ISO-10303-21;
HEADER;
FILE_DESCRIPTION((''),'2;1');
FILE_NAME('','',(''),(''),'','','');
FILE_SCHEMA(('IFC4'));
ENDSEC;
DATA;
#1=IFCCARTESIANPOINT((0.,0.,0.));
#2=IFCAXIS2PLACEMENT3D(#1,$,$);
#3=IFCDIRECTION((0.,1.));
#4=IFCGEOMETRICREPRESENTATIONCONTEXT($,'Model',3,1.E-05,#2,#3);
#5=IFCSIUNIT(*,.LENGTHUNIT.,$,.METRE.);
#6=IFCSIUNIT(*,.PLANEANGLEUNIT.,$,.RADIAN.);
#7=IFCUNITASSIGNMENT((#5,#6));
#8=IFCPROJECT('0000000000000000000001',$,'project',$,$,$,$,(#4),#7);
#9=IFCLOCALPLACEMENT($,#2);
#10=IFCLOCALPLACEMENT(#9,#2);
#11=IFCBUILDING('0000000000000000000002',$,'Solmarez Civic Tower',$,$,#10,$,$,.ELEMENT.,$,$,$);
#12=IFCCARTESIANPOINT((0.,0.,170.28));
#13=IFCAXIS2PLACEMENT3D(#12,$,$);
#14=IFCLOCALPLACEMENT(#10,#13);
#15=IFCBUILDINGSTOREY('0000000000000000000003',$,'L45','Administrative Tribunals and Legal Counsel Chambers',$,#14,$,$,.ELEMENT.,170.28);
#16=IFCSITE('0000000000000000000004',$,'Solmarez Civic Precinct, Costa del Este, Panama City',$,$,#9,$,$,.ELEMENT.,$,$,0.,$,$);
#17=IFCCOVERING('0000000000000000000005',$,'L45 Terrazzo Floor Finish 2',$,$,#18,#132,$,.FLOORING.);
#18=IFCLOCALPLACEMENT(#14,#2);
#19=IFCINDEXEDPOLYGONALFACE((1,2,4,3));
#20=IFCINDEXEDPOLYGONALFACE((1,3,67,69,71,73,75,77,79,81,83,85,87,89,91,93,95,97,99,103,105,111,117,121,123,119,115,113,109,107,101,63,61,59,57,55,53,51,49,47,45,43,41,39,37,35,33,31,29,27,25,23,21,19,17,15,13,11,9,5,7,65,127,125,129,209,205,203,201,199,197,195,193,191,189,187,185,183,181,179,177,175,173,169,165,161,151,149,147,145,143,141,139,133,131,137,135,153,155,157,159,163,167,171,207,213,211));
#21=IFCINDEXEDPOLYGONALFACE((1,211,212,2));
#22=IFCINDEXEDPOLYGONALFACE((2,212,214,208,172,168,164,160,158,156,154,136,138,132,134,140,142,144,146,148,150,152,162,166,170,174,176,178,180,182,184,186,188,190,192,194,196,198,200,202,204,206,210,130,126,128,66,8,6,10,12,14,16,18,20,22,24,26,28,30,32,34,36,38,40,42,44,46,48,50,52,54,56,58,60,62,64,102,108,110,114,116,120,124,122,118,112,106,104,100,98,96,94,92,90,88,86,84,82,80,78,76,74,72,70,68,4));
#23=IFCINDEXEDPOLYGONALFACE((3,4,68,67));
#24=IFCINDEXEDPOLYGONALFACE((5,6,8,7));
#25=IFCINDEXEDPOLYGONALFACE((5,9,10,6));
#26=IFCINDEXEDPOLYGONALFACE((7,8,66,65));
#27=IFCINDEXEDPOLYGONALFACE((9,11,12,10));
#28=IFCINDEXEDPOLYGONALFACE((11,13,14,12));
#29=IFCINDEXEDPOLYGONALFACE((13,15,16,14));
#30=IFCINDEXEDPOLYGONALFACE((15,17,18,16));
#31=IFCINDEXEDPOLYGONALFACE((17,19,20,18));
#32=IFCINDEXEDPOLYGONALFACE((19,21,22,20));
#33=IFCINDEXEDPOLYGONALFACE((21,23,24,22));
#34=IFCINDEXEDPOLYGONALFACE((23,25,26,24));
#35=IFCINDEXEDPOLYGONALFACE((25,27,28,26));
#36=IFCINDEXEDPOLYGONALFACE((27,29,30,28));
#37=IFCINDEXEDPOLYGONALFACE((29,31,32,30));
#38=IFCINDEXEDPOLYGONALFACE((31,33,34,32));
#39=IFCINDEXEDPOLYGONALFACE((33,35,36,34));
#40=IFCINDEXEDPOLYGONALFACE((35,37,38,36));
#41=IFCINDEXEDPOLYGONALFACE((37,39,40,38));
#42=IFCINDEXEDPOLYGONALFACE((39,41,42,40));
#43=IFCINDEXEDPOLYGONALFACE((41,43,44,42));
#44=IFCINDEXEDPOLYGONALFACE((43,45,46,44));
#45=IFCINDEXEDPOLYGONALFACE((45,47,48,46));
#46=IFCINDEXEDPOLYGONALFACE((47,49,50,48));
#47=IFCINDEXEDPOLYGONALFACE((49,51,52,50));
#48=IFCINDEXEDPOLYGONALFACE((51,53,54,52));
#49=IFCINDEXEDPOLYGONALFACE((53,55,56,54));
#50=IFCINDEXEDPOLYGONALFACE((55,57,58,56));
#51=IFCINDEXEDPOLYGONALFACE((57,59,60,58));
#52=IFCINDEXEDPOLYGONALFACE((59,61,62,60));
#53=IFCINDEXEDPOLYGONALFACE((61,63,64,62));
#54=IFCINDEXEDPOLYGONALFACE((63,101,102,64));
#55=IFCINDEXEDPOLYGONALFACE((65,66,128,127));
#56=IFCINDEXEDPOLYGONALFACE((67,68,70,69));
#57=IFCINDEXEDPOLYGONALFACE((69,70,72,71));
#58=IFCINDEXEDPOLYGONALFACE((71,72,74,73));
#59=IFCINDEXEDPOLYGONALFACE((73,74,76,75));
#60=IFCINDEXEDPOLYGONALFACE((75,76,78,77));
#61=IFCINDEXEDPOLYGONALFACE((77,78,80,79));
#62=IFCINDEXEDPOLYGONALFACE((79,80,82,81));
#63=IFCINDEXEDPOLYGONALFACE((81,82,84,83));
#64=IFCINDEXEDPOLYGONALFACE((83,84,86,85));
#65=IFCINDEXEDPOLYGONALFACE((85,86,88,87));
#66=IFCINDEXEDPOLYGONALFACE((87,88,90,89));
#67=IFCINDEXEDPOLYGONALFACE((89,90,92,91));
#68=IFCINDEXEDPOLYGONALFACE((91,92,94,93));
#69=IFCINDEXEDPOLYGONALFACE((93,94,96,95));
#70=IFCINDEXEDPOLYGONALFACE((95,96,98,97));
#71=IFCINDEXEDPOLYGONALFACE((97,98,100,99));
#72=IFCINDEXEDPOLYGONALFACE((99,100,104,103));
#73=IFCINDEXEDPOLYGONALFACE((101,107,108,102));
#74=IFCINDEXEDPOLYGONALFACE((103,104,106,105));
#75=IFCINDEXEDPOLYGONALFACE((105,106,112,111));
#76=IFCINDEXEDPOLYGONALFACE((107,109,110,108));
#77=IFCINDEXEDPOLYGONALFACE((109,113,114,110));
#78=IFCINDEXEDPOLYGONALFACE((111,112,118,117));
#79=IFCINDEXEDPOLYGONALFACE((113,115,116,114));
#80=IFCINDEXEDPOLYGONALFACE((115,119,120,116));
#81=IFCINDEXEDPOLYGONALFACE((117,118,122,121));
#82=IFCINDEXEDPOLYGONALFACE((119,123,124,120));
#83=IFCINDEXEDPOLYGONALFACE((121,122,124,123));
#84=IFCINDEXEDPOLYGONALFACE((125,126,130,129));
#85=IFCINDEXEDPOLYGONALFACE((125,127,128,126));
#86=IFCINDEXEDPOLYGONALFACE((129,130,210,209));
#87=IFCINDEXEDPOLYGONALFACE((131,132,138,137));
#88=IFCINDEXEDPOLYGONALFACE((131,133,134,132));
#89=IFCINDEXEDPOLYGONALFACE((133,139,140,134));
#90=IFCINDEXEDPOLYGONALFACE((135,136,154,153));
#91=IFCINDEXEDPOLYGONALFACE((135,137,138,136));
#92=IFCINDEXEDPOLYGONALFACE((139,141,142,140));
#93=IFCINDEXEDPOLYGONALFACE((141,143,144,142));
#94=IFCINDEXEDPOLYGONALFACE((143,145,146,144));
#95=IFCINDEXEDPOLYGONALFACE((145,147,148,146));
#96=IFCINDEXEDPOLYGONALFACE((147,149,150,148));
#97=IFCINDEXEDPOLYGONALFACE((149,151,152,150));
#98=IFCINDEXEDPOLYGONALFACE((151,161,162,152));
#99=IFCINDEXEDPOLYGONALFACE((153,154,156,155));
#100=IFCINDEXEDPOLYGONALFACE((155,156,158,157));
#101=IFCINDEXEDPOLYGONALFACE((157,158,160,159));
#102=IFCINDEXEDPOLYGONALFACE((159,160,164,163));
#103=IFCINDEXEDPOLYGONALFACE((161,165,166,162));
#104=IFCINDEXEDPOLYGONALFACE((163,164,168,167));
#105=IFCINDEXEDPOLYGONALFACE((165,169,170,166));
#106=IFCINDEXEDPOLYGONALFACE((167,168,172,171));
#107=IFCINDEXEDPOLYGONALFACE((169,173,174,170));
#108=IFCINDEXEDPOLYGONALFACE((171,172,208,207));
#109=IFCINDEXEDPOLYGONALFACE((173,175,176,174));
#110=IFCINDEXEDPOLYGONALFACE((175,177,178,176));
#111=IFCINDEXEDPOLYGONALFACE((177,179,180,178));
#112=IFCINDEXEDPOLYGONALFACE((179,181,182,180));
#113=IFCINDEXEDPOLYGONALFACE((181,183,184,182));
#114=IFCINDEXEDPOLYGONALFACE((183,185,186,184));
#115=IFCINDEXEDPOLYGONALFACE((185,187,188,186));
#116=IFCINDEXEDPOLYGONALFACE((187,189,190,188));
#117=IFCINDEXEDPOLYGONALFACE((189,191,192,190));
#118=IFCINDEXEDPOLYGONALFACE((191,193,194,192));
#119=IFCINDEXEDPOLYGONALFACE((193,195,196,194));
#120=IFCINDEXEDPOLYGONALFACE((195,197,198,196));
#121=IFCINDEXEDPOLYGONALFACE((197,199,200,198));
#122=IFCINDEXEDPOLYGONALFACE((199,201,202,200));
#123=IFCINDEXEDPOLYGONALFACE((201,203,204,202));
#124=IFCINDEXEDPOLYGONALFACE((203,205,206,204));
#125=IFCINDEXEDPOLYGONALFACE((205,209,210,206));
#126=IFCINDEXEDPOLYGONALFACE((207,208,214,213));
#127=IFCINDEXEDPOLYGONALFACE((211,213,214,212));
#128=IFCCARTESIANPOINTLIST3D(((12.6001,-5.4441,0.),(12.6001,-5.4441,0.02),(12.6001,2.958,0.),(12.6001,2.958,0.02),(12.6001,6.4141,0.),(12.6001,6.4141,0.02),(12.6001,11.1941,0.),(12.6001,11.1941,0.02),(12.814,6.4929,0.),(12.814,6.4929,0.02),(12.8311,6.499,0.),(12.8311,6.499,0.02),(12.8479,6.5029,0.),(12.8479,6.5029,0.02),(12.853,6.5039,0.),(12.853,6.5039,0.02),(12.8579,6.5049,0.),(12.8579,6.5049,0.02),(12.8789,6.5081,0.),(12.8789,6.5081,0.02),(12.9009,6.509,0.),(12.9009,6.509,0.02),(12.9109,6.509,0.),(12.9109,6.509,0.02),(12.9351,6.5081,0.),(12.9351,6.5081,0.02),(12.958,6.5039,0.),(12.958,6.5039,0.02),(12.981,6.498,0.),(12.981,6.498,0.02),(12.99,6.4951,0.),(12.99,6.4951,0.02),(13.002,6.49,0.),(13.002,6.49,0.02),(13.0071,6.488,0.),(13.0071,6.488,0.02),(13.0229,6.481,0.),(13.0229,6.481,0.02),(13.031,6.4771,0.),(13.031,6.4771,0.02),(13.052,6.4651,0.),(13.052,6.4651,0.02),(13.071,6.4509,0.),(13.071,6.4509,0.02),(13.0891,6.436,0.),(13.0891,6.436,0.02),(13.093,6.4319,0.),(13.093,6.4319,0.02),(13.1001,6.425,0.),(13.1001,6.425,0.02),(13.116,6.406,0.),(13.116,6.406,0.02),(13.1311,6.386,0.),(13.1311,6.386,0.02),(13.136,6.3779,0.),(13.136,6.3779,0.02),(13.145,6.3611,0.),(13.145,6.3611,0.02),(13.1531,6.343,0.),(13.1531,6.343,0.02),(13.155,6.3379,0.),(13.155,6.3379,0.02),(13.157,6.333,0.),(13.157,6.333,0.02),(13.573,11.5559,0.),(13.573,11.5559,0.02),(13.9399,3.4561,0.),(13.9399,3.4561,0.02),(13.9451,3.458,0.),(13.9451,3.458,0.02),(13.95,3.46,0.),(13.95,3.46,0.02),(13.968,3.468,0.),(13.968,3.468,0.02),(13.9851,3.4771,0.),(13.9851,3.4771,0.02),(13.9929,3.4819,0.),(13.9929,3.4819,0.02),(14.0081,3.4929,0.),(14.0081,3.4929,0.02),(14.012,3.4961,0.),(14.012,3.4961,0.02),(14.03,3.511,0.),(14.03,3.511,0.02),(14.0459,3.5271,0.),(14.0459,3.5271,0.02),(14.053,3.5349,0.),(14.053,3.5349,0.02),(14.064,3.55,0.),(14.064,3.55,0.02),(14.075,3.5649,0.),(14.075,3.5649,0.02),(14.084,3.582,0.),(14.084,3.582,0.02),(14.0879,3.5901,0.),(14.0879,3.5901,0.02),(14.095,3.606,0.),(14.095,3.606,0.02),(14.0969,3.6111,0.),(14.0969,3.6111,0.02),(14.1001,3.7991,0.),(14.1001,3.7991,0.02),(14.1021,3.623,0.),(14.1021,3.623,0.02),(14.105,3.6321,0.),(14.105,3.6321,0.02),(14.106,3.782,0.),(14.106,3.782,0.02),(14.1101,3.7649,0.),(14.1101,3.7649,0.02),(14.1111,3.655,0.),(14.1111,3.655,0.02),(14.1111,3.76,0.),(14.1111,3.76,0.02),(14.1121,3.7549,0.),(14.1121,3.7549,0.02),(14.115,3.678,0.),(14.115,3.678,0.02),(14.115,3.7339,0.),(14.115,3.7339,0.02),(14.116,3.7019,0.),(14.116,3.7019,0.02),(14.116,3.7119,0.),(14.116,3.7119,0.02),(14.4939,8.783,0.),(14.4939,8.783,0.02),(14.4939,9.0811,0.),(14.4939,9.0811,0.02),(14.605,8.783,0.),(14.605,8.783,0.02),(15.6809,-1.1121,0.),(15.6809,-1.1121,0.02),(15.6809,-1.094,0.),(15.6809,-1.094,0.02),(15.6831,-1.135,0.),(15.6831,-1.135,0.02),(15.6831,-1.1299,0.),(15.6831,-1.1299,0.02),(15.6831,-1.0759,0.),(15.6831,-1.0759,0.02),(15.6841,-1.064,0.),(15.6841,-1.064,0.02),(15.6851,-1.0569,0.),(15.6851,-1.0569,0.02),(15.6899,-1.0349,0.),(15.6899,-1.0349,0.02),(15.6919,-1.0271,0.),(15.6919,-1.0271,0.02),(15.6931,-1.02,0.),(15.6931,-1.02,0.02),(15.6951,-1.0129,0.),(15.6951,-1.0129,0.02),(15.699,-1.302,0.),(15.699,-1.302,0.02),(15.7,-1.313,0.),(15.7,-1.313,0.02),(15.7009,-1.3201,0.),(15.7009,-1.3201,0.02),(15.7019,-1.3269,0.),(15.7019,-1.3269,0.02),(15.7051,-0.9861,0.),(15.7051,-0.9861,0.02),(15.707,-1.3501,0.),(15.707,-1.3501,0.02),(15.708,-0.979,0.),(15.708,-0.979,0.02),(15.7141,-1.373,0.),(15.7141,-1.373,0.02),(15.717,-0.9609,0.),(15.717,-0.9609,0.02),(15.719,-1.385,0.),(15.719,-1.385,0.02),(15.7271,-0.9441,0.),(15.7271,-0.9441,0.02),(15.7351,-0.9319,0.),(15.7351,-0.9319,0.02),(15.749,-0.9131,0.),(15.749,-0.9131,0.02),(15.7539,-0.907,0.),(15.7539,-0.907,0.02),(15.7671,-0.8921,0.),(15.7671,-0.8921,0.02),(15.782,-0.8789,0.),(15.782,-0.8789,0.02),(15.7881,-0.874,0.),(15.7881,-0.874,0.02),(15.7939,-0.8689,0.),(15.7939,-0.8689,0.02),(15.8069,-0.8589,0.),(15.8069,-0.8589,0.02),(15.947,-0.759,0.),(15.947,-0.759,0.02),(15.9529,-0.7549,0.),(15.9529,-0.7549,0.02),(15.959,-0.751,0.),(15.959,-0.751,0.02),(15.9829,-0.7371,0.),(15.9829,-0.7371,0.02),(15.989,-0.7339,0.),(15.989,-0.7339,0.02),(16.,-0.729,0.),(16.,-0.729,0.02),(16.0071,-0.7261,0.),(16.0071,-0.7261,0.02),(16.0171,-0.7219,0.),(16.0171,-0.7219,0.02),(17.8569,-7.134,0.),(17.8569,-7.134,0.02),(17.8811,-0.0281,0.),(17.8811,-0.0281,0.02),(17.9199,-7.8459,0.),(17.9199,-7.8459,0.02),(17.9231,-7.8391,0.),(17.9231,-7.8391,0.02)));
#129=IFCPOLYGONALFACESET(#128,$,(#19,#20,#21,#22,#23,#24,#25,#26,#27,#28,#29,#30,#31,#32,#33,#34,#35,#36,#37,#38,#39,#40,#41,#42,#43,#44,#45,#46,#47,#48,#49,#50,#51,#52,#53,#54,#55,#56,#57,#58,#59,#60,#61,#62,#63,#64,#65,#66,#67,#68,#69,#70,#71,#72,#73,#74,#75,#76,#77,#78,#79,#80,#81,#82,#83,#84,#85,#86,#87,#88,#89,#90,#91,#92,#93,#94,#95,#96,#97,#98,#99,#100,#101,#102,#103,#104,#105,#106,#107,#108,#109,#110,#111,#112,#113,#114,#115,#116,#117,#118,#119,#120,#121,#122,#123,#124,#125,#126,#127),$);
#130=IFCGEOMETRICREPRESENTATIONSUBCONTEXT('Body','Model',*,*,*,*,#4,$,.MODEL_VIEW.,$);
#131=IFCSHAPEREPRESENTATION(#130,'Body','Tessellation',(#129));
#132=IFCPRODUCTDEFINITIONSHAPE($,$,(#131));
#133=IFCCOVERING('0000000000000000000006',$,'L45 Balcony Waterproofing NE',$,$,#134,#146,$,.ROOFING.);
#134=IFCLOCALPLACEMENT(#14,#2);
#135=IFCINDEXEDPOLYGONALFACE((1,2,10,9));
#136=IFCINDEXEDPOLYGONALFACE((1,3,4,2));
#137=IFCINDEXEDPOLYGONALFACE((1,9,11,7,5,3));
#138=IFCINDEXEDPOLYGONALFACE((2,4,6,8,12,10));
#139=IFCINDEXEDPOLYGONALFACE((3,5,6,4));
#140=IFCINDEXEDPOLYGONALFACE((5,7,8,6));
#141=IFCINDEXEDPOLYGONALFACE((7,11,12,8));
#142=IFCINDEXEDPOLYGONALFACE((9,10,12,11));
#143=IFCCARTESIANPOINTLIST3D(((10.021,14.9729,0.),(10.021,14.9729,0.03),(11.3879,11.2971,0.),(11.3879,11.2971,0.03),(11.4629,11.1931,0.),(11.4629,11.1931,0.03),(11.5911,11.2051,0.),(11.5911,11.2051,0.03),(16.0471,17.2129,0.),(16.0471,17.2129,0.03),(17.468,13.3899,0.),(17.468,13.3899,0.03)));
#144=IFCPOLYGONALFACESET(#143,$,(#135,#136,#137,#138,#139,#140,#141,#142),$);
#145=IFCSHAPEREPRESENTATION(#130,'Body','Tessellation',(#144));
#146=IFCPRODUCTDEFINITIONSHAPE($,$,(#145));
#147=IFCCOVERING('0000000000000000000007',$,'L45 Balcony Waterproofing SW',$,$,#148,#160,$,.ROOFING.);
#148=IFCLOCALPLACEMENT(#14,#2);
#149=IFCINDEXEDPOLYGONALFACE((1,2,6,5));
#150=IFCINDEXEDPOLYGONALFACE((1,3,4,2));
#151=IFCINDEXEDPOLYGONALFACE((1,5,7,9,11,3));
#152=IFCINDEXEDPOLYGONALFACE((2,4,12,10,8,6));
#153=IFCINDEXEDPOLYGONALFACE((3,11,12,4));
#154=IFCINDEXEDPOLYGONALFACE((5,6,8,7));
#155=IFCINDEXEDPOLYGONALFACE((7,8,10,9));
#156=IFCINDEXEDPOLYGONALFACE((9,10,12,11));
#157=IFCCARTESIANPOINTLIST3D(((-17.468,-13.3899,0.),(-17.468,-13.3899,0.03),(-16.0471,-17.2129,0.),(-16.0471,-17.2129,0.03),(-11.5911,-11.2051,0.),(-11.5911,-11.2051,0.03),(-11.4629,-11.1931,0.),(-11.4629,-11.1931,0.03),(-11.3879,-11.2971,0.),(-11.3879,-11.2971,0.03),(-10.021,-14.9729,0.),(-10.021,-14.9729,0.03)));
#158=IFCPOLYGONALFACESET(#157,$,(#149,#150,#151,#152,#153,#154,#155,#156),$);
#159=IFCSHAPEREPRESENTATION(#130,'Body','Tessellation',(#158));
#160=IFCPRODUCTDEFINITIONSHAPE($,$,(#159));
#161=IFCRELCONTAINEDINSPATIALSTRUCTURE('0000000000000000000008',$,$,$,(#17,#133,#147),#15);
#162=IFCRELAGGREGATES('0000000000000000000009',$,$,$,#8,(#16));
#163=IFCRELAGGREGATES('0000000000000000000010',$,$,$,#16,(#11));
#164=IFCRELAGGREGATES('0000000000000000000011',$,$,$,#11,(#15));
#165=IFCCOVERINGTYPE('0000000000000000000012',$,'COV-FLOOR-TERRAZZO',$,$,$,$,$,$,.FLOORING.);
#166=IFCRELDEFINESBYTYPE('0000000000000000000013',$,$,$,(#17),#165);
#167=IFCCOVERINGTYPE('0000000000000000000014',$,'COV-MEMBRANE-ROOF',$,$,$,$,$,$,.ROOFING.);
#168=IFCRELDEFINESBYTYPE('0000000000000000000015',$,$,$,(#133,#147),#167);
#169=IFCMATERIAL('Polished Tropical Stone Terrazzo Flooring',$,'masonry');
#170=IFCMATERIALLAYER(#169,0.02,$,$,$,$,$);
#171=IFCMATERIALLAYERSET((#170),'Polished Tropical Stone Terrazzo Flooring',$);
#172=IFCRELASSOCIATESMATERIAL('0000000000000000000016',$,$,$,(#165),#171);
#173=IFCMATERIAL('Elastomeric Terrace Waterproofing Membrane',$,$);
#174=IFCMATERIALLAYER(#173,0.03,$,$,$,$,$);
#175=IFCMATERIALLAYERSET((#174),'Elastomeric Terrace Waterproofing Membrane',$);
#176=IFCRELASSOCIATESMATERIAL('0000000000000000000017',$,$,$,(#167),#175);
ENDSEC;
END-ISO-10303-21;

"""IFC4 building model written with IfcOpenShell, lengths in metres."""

from ifc_helpers import new_model, si_unit, direction, frame, origin, place, context, subcontext, project, spatial, polyline, outline, extrude, material, layer, layer_set, type_object, element, save


model = new_model("IFC4")

# Units and contexts
model_context = context("Model", 3, precision=1e-05, world=origin(), true_north=direction((0.0, 1.0)))
body_context = subcontext(model_context, "Body", "Model", "MODEL_VIEW")
ifc_project = project(units=[si_unit("LENGTHUNIT", "METRE"), si_unit("PLANEANGLEUNIT", "RADIAN")], contexts=[model_context])

# Site, building, storey
site_placement = place(None, origin())
site = spatial("IfcSite", under=ifc_project, at=site_placement, Name="Solmarez Civic Precinct, Costa del Este, Panama City", CompositionType="ELEMENT", RefElevation=0.0)
building_placement = place(site_placement, origin())
building = spatial("IfcBuilding", under=site, at=building_placement, Name="Solmarez Civic Tower", CompositionType="ELEMENT")
storey_placement = place(building_placement, frame((0.0, 0.0, 170.28)))
storey = spatial("IfcBuildingStorey", under=building, at=storey_placement, Name="L45", Description="Administrative Tribunals and Legal Counsel Chambers", CompositionType="ELEMENT", Elevation=170.28)

# Coverings
ifc_material_1 = material(Name="Polished Tropical Stone Terrazzo Flooring", Category="masonry")
ifc_layer_1 = layer(ifc_material_1, 0.02)
ifc_layer_set_1 = layer_set([ifc_layer_1], Name="Polished Tropical Stone Terrazzo Flooring")
covering_type_1 = type_object("IfcCoveringType", Name="COV-FLOOR-TERRAZZO", PredefinedType="FLOORING", material=ifc_layer_set_1)
covering_1_placement = place(storey_placement, origin())
element("IfcCovering", 1, at=covering_1_placement, inside=storey, type_object=covering_type_1, Name="L45 Terrazzo Floor Finish 2", PredefinedType="FLOORING", context=body_context, shape_type="SweptSolid", body=[
    extrude(outline(polyline([(12.6001, 11.1941), (12.6001, 6.4141), (12.814, 6.4929), (12.8311, 6.499), (12.8479, 6.5029), (12.853, 6.5039), (12.8579, 6.5049), (12.8789, 6.5081), (12.9009, 6.509), (12.9109, 6.509), (12.9351, 6.5081), (12.958, 6.5039), (12.981, 6.498), (12.99, 6.4951), (13.002, 6.49), (13.0071, 6.488), (13.0229, 6.481), (13.031, 6.4771), (13.052, 6.4651), (13.071, 6.4509), (13.0891, 6.436), (13.093, 6.4319), (13.1001, 6.425), (13.116, 6.406), (13.1311, 6.386), (13.136, 6.3779), (13.145, 6.3611), (13.1531, 6.343), (13.155, 6.3379), (13.157, 6.333), (14.1001, 3.7991), (14.106, 3.782), (14.1101, 3.7649), (14.1111, 3.76), (14.1121, 3.7549), (14.115, 3.7339), (14.116, 3.7119), (14.116, 3.7019), (14.115, 3.678), (14.1111, 3.655), (14.105, 3.6321), (14.1021, 3.623), (14.0969, 3.6111), (14.095, 3.606), (14.0879, 3.5901), (14.084, 3.582), (14.075, 3.5649), (14.064, 3.55), (14.053, 3.5349), (14.0459, 3.5271), (14.03, 3.511), (14.012, 3.4961), (14.0081, 3.4929), (13.9929, 3.4819), (13.9851, 3.4771), (13.968, 3.468), (13.95, 3.46), (13.9451, 3.458), (13.9399, 3.4561), (12.6001, 2.958), (12.6001, -5.4441), (17.9199, -7.8459), (17.9231, -7.8391), (17.8569, -7.134), (15.719, -1.385), (15.7141, -1.373), (15.707, -1.3501), (15.7019, -1.3269), (15.7009, -1.3201), (15.7, -1.313), (15.699, -1.302), (15.6831, -1.135), (15.6831, -1.1299), (15.6809, -1.1121), (15.6809, -1.094), (15.6831, -1.0759), (15.6841, -1.064), (15.6851, -1.0569), (15.6899, -1.0349), (15.6919, -1.0271), (15.6931, -1.02), (15.6951, -1.0129), (15.7051, -0.9861), (15.708, -0.979), (15.717, -0.9609), (15.7271, -0.9441), (15.7351, -0.9319), (15.749, -0.9131), (15.7539, -0.907), (15.7671, -0.8921), (15.782, -0.8789), (15.7881, -0.874), (15.7939, -0.8689), (15.8069, -0.8589), (15.947, -0.759), (15.9529, -0.7549), (15.959, -0.751), (15.9829, -0.7371), (15.989, -0.7339), (16.0, -0.729), (16.0071, -0.7261), (16.0171, -0.7219), (17.8811, -0.0281), (14.605, 8.783), (14.4939, 8.783), (14.4939, 9.0811), (13.573, 11.5559), (12.6001, 11.1941)])), origin(), (0.0, 0.0, 1.0), 0.02),
])
ifc_material_2 = material(Name="Elastomeric Terrace Waterproofing Membrane")
ifc_layer_2 = layer(ifc_material_2, 0.03)
ifc_layer_set_2 = layer_set([ifc_layer_2], Name="Elastomeric Terrace Waterproofing Membrane")
covering_type_2 = type_object("IfcCoveringType", Name="COV-MEMBRANE-ROOF", PredefinedType="ROOFING", material=ifc_layer_set_2)
covering_2_placement = place(storey_placement, origin())
element("IfcCovering", 2, at=covering_2_placement, inside=storey, type_object=covering_type_2, Name="L45 Balcony Waterproofing NE", PredefinedType="ROOFING", context=body_context, shape_type="SweptSolid", body=[
    extrude(outline(polyline([(11.3879, 11.2971), (11.4629, 11.1931), (11.5911, 11.2051), (17.468, 13.3899), (16.0471, 17.2129), (10.021, 14.9729), (11.3879, 11.2971)])), origin(), (0.0, 0.0, 1.0), 0.03),
])
covering_3_placement = place(storey_placement, origin())
element("IfcCovering", 3, at=covering_3_placement, inside=storey, type_object=covering_type_2, Name="L45 Balcony Waterproofing SW", PredefinedType="ROOFING", context=body_context, shape_type="SweptSolid", body=[
    extrude(outline(polyline([(-11.3879, -11.2971), (-11.4629, -11.1931), (-11.5911, -11.2051), (-17.468, -13.3899), (-16.0471, -17.2129), (-10.021, -14.9729), (-11.3879, -11.2971)])), origin(), (0.0, 0.0, 1.0), 0.03),
])

save(model, "model.ifc")
